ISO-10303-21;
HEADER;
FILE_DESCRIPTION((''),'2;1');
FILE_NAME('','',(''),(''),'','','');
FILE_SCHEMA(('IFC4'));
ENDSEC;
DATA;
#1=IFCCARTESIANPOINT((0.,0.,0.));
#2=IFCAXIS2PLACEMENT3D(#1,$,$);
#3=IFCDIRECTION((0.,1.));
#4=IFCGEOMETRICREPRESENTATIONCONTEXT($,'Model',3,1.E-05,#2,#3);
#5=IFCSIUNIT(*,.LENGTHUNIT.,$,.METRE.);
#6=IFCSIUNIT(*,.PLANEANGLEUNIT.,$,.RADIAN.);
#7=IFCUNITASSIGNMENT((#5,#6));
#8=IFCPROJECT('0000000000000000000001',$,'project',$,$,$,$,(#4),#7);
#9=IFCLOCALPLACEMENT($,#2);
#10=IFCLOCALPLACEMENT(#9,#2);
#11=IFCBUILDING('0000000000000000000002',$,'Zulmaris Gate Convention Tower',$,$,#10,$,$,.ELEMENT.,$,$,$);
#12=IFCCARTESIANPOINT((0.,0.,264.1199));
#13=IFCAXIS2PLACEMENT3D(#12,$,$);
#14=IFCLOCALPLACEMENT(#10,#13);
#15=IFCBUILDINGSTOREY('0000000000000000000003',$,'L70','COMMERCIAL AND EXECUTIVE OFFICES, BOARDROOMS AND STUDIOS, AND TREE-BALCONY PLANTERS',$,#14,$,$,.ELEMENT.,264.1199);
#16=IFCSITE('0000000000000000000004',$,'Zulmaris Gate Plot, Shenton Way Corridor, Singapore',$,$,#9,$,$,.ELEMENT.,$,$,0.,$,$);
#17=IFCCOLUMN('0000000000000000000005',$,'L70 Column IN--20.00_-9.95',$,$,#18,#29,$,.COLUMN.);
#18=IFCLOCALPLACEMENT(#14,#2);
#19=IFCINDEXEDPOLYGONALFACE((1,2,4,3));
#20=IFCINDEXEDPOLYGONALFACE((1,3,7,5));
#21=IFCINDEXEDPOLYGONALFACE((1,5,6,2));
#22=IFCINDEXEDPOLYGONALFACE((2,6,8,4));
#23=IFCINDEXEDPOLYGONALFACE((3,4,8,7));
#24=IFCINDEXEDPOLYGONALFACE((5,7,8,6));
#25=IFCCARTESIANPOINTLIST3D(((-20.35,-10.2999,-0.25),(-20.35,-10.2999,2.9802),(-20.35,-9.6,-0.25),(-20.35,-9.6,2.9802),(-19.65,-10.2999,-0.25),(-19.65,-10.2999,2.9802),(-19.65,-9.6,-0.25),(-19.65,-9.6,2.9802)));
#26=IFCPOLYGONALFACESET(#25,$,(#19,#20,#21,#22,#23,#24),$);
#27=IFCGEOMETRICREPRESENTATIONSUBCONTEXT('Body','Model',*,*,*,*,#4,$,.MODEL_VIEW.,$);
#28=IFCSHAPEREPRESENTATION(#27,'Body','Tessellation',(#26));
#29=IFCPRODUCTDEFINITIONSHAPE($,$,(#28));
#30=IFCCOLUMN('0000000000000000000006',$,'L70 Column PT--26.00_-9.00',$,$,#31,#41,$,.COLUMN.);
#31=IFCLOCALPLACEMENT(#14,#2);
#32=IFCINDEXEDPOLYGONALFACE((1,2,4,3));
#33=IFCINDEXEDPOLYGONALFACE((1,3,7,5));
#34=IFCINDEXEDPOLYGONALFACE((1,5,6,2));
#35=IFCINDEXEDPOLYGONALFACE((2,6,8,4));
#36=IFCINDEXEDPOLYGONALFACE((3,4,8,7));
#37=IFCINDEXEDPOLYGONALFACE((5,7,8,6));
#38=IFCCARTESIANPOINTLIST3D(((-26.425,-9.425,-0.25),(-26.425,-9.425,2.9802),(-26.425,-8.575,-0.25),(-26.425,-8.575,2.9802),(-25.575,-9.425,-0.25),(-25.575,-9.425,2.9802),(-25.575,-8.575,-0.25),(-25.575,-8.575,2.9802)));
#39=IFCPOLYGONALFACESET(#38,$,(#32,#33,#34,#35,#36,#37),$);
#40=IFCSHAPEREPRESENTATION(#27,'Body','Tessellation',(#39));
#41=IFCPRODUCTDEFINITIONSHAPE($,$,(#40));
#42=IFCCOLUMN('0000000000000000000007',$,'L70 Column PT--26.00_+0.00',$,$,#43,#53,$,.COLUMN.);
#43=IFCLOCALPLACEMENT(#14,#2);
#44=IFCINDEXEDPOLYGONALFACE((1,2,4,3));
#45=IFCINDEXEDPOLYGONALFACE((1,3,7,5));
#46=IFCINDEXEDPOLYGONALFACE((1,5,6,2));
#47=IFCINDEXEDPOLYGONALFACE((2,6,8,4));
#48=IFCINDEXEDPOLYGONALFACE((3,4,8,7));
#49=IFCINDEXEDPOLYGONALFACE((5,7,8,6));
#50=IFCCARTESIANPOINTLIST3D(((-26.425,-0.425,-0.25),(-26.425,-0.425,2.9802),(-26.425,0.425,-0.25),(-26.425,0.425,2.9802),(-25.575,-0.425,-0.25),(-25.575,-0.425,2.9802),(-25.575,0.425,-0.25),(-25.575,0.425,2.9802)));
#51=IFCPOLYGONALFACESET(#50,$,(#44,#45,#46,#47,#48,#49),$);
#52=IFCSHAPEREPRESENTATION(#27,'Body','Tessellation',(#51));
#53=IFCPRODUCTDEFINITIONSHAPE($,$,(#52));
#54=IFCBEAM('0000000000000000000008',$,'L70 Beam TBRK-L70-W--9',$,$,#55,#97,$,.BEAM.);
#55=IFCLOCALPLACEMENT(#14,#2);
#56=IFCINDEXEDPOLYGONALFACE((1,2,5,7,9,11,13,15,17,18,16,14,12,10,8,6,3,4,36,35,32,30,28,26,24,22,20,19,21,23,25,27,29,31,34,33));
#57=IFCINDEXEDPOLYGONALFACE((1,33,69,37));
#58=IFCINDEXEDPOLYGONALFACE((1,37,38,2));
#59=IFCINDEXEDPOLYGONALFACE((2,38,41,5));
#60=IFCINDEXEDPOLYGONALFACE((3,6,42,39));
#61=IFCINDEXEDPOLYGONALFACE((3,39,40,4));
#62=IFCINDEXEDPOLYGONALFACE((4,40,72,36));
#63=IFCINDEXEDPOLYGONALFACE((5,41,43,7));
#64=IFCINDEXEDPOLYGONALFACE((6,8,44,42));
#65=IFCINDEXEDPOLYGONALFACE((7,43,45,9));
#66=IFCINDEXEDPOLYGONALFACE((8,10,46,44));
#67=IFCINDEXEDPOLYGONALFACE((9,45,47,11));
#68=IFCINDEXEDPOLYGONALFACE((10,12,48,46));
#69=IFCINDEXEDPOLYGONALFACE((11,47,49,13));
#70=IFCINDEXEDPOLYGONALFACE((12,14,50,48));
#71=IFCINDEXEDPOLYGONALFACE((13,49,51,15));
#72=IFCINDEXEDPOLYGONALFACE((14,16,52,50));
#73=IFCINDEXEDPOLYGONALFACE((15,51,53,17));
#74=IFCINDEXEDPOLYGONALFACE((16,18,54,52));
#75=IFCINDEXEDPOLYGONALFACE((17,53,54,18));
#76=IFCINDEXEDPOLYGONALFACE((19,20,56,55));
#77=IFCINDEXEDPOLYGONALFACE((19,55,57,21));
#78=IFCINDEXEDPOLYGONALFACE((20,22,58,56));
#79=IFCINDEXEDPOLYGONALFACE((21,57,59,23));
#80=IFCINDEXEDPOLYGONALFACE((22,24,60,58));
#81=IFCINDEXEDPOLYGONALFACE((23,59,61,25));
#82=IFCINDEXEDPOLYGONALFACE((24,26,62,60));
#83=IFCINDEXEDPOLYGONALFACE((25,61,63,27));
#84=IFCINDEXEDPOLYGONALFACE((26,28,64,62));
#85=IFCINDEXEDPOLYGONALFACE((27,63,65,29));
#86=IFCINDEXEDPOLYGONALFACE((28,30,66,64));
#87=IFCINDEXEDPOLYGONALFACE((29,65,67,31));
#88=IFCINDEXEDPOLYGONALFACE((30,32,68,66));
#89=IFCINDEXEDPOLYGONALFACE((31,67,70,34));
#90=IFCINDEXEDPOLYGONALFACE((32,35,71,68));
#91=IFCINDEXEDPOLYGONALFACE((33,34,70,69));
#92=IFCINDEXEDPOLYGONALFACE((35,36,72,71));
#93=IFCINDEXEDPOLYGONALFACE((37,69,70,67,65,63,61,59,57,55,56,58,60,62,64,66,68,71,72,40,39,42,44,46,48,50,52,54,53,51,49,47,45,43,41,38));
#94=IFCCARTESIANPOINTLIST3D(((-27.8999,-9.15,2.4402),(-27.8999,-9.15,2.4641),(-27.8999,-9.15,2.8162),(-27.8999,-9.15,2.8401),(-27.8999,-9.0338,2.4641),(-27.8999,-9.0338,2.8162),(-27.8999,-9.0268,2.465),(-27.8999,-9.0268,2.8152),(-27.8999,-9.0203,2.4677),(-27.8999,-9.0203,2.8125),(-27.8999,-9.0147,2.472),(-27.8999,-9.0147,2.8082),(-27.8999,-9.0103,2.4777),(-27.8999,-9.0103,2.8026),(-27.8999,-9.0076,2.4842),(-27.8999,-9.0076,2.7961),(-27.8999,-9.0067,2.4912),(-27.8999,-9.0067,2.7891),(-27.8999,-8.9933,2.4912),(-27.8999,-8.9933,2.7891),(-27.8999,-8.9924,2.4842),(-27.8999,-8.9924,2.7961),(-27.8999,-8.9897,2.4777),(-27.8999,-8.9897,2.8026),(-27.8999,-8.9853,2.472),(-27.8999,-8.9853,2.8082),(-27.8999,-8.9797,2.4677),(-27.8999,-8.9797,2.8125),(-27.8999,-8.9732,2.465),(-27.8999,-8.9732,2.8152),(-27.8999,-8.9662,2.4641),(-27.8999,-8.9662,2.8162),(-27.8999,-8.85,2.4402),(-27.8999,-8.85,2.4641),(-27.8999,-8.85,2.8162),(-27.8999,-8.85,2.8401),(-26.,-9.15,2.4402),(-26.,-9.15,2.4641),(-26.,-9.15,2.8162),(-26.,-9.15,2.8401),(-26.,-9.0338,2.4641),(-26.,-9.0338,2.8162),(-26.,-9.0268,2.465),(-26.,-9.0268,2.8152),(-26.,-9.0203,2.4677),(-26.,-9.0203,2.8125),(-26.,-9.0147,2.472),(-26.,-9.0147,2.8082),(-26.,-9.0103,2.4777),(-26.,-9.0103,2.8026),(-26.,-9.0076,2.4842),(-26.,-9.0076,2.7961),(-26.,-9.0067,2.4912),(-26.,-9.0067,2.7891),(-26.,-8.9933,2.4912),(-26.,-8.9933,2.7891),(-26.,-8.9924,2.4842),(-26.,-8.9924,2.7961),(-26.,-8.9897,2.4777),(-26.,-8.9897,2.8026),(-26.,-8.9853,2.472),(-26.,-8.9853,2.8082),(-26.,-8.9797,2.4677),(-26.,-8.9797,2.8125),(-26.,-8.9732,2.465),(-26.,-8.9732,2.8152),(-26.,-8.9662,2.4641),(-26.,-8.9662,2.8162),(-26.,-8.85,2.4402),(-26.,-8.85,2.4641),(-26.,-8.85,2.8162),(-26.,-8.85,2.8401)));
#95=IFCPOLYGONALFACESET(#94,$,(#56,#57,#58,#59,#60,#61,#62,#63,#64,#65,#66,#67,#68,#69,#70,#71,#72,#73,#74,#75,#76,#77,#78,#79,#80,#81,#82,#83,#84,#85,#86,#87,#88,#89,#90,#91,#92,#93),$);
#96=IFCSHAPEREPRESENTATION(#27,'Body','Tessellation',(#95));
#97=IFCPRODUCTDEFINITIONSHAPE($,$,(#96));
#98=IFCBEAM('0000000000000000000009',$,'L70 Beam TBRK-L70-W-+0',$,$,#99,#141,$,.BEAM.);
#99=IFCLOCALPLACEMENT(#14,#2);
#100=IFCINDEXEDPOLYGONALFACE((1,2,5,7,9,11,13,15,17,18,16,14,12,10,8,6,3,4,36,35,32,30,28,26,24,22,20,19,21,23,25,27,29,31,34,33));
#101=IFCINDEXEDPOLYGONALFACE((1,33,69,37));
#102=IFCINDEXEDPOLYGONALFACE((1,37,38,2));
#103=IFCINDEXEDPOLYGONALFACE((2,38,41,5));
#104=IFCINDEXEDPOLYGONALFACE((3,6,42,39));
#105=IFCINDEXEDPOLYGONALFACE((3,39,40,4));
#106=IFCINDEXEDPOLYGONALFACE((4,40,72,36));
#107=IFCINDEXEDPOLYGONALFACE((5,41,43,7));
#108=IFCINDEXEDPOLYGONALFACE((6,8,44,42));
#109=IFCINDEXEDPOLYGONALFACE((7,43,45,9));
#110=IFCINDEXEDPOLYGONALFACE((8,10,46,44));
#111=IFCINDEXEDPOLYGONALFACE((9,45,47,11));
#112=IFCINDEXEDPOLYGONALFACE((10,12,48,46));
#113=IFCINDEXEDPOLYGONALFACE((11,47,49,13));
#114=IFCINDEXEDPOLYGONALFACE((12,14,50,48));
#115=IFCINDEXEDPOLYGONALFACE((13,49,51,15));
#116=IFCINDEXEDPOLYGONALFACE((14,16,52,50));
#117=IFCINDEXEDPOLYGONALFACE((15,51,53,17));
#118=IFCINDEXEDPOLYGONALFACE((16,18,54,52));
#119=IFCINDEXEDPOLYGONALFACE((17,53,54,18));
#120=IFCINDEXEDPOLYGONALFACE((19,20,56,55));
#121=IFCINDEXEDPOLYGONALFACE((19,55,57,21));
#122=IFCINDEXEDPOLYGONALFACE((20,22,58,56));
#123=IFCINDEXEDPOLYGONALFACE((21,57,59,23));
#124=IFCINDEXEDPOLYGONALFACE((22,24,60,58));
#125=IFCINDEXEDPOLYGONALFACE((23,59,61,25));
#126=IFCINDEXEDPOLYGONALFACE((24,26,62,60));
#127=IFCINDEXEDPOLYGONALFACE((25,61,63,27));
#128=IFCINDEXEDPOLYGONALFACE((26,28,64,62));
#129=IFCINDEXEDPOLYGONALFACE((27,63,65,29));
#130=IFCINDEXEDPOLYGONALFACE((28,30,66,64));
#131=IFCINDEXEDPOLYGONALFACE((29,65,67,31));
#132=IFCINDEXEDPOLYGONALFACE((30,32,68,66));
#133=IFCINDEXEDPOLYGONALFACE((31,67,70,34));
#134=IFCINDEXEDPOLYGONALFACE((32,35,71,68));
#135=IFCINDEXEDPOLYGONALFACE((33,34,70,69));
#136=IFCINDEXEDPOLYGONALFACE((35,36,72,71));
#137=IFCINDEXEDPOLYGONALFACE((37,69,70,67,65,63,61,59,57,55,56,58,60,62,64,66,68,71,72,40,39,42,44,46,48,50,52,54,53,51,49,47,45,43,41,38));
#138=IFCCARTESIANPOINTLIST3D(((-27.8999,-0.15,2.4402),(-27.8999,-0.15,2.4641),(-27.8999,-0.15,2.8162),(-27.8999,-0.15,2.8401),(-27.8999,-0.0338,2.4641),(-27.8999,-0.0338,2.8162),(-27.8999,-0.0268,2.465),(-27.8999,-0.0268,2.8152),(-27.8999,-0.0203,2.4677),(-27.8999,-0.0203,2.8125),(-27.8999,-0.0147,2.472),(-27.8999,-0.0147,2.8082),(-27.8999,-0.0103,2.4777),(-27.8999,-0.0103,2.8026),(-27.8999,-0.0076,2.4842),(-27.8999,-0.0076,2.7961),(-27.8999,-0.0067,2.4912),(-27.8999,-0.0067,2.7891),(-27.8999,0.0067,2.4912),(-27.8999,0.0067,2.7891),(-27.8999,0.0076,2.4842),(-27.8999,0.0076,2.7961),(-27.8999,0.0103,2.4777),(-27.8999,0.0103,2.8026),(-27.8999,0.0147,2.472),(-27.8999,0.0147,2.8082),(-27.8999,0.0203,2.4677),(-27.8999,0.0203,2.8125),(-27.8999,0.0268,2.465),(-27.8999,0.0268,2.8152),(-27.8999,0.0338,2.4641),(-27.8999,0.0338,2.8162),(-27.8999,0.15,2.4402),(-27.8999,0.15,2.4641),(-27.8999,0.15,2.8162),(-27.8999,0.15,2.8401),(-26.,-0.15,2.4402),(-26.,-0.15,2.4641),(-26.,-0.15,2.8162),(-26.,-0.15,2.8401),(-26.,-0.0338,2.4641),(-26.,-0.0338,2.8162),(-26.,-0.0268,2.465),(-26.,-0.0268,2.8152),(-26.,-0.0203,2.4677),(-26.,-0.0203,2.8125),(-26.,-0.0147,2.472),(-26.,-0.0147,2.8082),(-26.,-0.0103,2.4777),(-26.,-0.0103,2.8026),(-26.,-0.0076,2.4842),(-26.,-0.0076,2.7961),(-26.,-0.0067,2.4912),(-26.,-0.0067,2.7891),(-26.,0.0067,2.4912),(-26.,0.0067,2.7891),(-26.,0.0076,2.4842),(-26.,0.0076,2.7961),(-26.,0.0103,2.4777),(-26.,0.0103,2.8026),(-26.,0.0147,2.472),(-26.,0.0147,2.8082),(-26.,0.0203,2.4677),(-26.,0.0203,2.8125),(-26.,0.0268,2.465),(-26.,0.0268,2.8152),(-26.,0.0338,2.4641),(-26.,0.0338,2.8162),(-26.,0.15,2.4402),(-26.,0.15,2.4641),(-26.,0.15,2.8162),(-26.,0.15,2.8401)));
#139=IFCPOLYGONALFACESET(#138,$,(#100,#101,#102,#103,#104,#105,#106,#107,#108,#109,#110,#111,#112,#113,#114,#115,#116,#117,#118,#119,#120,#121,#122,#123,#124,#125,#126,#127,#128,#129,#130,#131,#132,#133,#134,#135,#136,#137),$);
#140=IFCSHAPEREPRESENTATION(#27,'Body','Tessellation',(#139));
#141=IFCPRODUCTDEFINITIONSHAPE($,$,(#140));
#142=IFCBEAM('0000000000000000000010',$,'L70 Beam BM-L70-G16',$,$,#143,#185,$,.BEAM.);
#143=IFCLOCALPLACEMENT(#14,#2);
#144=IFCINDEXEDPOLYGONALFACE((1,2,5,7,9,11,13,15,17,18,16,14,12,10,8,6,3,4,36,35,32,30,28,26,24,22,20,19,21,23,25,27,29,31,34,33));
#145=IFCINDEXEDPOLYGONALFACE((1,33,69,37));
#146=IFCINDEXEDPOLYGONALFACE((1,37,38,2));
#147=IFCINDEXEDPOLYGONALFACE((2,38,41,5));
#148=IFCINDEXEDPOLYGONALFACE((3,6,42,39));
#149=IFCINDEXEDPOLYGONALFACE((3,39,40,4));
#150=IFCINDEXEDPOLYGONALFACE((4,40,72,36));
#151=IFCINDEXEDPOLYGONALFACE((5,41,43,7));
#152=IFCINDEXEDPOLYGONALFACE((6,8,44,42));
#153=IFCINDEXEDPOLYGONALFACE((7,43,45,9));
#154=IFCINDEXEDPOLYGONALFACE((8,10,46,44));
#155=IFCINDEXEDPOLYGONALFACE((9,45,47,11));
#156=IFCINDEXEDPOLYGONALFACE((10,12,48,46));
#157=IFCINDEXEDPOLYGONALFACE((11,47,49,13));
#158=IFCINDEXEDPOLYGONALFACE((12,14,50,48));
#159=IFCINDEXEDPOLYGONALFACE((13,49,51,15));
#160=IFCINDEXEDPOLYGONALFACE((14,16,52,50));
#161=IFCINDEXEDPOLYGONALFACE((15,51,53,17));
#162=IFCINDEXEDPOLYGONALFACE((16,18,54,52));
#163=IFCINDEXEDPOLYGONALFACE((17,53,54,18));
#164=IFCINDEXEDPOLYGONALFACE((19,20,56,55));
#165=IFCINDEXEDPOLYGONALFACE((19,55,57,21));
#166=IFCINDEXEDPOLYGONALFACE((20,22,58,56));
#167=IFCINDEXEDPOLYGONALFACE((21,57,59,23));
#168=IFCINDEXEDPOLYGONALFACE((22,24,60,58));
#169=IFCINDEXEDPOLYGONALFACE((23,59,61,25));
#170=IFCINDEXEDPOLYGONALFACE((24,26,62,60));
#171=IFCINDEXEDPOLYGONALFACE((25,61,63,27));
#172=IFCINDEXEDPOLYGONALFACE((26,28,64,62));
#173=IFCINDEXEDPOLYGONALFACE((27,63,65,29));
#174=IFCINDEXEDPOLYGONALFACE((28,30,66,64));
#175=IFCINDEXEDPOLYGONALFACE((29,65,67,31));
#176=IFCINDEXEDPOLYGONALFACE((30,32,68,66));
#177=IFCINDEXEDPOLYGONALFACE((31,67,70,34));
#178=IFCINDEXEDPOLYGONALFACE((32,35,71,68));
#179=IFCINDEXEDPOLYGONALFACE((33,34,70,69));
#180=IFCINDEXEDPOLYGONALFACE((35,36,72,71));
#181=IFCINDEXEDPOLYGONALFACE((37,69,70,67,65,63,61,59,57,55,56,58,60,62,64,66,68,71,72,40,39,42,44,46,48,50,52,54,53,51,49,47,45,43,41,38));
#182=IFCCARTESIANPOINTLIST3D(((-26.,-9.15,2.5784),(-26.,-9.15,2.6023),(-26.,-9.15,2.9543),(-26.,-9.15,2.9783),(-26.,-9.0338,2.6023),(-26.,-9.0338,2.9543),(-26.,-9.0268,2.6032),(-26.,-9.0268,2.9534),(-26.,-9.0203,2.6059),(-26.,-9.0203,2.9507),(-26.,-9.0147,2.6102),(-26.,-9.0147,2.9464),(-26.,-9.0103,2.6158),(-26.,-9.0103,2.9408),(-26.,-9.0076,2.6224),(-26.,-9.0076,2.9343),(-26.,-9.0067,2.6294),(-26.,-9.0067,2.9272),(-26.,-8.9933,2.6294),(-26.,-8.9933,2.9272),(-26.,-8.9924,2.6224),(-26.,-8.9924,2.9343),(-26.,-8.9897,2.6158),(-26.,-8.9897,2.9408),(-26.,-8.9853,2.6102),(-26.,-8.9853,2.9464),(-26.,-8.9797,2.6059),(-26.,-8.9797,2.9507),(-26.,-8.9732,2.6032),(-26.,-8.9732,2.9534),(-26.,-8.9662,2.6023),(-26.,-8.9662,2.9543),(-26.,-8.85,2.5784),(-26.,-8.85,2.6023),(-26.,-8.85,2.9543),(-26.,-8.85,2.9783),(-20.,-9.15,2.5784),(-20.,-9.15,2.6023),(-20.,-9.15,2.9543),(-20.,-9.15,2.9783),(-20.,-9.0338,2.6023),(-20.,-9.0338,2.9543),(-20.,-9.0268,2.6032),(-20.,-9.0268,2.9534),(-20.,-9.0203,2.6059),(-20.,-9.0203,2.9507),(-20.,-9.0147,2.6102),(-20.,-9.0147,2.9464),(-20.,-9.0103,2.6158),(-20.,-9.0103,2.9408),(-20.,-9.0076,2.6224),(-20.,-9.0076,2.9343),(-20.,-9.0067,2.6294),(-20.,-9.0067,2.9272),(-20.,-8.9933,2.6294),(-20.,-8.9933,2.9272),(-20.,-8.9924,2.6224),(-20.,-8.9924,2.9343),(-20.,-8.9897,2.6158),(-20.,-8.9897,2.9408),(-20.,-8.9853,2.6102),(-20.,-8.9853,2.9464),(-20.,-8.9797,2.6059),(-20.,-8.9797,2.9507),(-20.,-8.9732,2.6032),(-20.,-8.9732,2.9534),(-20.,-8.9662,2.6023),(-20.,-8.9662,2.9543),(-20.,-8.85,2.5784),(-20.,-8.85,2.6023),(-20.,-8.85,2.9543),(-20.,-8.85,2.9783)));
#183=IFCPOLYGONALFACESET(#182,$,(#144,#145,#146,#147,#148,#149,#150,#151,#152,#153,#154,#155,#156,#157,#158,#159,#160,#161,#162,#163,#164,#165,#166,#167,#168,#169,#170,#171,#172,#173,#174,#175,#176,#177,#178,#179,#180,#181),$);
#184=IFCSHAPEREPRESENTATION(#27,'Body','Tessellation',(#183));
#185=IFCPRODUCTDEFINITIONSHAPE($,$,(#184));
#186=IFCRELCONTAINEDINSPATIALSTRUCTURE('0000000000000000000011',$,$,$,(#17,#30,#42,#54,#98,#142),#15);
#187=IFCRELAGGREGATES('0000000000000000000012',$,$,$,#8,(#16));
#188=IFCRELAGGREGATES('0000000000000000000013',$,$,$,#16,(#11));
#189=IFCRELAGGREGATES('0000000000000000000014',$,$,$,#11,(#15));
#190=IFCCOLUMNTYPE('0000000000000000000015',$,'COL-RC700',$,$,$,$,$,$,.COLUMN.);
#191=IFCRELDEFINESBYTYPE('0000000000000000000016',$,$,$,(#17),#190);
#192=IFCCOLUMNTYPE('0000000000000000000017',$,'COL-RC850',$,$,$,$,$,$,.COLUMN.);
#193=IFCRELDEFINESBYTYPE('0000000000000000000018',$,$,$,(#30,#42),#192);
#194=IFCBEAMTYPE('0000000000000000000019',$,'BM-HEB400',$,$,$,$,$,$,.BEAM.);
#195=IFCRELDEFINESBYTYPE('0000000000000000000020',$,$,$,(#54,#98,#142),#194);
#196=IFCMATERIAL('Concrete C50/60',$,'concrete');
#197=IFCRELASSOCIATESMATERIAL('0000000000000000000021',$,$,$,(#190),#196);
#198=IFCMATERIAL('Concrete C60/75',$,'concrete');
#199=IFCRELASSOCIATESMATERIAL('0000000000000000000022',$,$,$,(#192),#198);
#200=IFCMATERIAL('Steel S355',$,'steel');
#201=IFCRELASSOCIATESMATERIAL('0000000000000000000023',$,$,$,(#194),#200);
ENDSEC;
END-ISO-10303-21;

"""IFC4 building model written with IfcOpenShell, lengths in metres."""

from ifc_helpers import new_model, si_unit, direction, frame, origin, origin_2d, place, context, subcontext, project, spatial, rectangle, i_section, extrude, material, material_profile, profile_set, type_object, element, save


model = new_model("IFC4")

# Units and contexts
model_context = context("Model", 3, precision=1e-05, world=origin(), true_north=direction((0.0, 1.0)))
body_context = subcontext(model_context, "Body", "Model", "MODEL_VIEW")
ifc_project = project(units=[si_unit("LENGTHUNIT", "METRE"), si_unit("PLANEANGLEUNIT", "RADIAN")], contexts=[model_context])

# Site, building, storey
site_placement = place(None, origin())
site = spatial("IfcSite", under=ifc_project, at=site_placement, Name="Zulmaris Gate Plot, Shenton Way Corridor, Singapore", CompositionType="ELEMENT", RefElevation=0.0)
building_placement = place(site_placement, origin())
building = spatial("IfcBuilding", under=site, at=building_placement, Name="Zulmaris Gate Convention Tower", CompositionType="ELEMENT")
storey_placement = place(building_placement, frame((0.0, 0.0, 264.1199)))
storey = spatial("IfcBuildingStorey", under=building, at=storey_placement, Name="L70", Description="COMMERCIAL AND EXECUTIVE OFFICES, BOARDROOMS AND STUDIOS, AND TREE-BALCONY PLANTERS", CompositionType="ELEMENT", Elevation=264.1199)

# Columns
ifc_material_1 = material(Name="Concrete C50/60", Category="concrete")
ifc_material_profile_1 = material_profile(ifc_material_1, rectangle(XDim=0.7, YDim=0.7, at=origin_2d()), Name="RC COL 700x700")
ifc_profile_set_1 = profile_set([ifc_material_profile_1], Name="Concrete C50/60")
column_type_1 = type_object("IfcColumnType", Name="COL-RC700", PredefinedType="COLUMN", material=ifc_profile_set_1)
column_placement = place(storey_placement, frame((-20.0, -9.95, -0.25), z_axis=(0.0, 0.0, 1.0), x_axis=(1.0, 0.0, 0.0)))
element("IfcColumn", 1, at=column_placement, inside=storey, type_object=column_type_1, Name="L70 Column IN--20.00_-9.95", PredefinedType="COLUMN", context=body_context, shape_type="SweptSolid", body=[
    extrude(rectangle(XDim=0.7, YDim=0.7, at=origin_2d()), origin(), (0.0, 0.0, 1.0), 3.2302),
])
ifc_material_2 = material(Name="Concrete C60/75", Category="concrete")
ifc_material_profile_2 = material_profile(ifc_material_2, rectangle(XDim=0.8501, YDim=0.8501, at=origin_2d()), Name="RC COL 850x850")
ifc_profile_set_2 = profile_set([ifc_material_profile_2], Name="Concrete C60/75")
column_type_2 = type_object("IfcColumnType", Name="COL-RC850", PredefinedType="COLUMN", material=ifc_profile_set_2)
for number, where, z_axis, x_axis, name in (
    (2, (-26.0, -9.0, -0.25), (0.0, 0.0, 1.0), (1.0, 0.0, 0.0), "L70 Column PT--26.00_-9.00"),
    (3, (-26.0, 0.0, -0.25), (0.0, 0.0, 1.0), (1.0, 0.0, 0.0), "L70 Column PT--26.00_+0.00"),
):
    element("IfcColumn", number, at=place(storey_placement, frame(where, z_axis=z_axis, x_axis=x_axis)), inside=storey, type_object=column_type_2, Name=name, PredefinedType="COLUMN", context=body_context, shape_type="SweptSolid", body=[
        extrude(rectangle(XDim=0.8501, YDim=0.8501, at=origin_2d()), origin(), (0.0, 0.0, 1.0), 3.2302),
    ])

# Beams
ifc_material_3 = material(Name="Steel S355", Category="steel")
ifc_material_profile_3 = material_profile(ifc_material_3, i_section(OverallWidth=0.3, OverallDepth=0.3999, WebThickness=0.0134, FlangeThickness=0.0239, FilletRadius=0.0271, at=origin_2d()), Name="HEB 400")
ifc_profile_set_3 = profile_set([ifc_material_profile_3], Name="Steel S355")
beam_type_1 = type_object("IfcBeamType", Name="BM-HEB400", PredefinedType="BEAM", material=ifc_profile_set_3)
for number, where, z_axis, x_axis, name in (
    (4, (-27.8999, -9.0, 2.6401), (1.0, 0.0, 0.0), (0.0, 1.0, 0.0), "L70 Beam TBRK-L70-W--9"),
    (5, (-27.8999, 0.0, 2.6401), (1.0, 0.0, 0.0), (0.0, 1.0, 0.0), "L70 Beam TBRK-L70-W-+0"),
):
    element("IfcBeam", number, at=place(storey_placement, frame(where, z_axis=z_axis, x_axis=x_axis)), inside=storey, type_object=beam_type_1, Name=name, PredefinedType="BEAM", context=body_context, shape_type="SweptSolid", body=[
        extrude(i_section(OverallWidth=0.3, OverallDepth=0.3999, WebThickness=0.0134, FlangeThickness=0.0239, FilletRadius=0.0271, at=origin_2d()), origin(), (0.0, 0.0, 1.0), 1.8999),
    ])
beam_1_placement = place(storey_placement, frame((-26.0, -9.0, 2.7783), z_axis=(1.0, 0.0, 0.0), x_axis=(0.0, 1.0, 0.0)))
element("IfcBeam", 6, at=beam_1_placement, inside=storey, type_object=beam_type_1, Name="L70 Beam BM-L70-G16", PredefinedType="BEAM", context=body_context, shape_type="SweptSolid", body=[
    extrude(i_section(OverallWidth=0.3, OverallDepth=0.3999, WebThickness=0.0134, FlangeThickness=0.0239, FilletRadius=0.0271, at=origin_2d()), origin(), (0.0, 0.0, 1.0), 6.0),
])

save(model, "model.ifc")
